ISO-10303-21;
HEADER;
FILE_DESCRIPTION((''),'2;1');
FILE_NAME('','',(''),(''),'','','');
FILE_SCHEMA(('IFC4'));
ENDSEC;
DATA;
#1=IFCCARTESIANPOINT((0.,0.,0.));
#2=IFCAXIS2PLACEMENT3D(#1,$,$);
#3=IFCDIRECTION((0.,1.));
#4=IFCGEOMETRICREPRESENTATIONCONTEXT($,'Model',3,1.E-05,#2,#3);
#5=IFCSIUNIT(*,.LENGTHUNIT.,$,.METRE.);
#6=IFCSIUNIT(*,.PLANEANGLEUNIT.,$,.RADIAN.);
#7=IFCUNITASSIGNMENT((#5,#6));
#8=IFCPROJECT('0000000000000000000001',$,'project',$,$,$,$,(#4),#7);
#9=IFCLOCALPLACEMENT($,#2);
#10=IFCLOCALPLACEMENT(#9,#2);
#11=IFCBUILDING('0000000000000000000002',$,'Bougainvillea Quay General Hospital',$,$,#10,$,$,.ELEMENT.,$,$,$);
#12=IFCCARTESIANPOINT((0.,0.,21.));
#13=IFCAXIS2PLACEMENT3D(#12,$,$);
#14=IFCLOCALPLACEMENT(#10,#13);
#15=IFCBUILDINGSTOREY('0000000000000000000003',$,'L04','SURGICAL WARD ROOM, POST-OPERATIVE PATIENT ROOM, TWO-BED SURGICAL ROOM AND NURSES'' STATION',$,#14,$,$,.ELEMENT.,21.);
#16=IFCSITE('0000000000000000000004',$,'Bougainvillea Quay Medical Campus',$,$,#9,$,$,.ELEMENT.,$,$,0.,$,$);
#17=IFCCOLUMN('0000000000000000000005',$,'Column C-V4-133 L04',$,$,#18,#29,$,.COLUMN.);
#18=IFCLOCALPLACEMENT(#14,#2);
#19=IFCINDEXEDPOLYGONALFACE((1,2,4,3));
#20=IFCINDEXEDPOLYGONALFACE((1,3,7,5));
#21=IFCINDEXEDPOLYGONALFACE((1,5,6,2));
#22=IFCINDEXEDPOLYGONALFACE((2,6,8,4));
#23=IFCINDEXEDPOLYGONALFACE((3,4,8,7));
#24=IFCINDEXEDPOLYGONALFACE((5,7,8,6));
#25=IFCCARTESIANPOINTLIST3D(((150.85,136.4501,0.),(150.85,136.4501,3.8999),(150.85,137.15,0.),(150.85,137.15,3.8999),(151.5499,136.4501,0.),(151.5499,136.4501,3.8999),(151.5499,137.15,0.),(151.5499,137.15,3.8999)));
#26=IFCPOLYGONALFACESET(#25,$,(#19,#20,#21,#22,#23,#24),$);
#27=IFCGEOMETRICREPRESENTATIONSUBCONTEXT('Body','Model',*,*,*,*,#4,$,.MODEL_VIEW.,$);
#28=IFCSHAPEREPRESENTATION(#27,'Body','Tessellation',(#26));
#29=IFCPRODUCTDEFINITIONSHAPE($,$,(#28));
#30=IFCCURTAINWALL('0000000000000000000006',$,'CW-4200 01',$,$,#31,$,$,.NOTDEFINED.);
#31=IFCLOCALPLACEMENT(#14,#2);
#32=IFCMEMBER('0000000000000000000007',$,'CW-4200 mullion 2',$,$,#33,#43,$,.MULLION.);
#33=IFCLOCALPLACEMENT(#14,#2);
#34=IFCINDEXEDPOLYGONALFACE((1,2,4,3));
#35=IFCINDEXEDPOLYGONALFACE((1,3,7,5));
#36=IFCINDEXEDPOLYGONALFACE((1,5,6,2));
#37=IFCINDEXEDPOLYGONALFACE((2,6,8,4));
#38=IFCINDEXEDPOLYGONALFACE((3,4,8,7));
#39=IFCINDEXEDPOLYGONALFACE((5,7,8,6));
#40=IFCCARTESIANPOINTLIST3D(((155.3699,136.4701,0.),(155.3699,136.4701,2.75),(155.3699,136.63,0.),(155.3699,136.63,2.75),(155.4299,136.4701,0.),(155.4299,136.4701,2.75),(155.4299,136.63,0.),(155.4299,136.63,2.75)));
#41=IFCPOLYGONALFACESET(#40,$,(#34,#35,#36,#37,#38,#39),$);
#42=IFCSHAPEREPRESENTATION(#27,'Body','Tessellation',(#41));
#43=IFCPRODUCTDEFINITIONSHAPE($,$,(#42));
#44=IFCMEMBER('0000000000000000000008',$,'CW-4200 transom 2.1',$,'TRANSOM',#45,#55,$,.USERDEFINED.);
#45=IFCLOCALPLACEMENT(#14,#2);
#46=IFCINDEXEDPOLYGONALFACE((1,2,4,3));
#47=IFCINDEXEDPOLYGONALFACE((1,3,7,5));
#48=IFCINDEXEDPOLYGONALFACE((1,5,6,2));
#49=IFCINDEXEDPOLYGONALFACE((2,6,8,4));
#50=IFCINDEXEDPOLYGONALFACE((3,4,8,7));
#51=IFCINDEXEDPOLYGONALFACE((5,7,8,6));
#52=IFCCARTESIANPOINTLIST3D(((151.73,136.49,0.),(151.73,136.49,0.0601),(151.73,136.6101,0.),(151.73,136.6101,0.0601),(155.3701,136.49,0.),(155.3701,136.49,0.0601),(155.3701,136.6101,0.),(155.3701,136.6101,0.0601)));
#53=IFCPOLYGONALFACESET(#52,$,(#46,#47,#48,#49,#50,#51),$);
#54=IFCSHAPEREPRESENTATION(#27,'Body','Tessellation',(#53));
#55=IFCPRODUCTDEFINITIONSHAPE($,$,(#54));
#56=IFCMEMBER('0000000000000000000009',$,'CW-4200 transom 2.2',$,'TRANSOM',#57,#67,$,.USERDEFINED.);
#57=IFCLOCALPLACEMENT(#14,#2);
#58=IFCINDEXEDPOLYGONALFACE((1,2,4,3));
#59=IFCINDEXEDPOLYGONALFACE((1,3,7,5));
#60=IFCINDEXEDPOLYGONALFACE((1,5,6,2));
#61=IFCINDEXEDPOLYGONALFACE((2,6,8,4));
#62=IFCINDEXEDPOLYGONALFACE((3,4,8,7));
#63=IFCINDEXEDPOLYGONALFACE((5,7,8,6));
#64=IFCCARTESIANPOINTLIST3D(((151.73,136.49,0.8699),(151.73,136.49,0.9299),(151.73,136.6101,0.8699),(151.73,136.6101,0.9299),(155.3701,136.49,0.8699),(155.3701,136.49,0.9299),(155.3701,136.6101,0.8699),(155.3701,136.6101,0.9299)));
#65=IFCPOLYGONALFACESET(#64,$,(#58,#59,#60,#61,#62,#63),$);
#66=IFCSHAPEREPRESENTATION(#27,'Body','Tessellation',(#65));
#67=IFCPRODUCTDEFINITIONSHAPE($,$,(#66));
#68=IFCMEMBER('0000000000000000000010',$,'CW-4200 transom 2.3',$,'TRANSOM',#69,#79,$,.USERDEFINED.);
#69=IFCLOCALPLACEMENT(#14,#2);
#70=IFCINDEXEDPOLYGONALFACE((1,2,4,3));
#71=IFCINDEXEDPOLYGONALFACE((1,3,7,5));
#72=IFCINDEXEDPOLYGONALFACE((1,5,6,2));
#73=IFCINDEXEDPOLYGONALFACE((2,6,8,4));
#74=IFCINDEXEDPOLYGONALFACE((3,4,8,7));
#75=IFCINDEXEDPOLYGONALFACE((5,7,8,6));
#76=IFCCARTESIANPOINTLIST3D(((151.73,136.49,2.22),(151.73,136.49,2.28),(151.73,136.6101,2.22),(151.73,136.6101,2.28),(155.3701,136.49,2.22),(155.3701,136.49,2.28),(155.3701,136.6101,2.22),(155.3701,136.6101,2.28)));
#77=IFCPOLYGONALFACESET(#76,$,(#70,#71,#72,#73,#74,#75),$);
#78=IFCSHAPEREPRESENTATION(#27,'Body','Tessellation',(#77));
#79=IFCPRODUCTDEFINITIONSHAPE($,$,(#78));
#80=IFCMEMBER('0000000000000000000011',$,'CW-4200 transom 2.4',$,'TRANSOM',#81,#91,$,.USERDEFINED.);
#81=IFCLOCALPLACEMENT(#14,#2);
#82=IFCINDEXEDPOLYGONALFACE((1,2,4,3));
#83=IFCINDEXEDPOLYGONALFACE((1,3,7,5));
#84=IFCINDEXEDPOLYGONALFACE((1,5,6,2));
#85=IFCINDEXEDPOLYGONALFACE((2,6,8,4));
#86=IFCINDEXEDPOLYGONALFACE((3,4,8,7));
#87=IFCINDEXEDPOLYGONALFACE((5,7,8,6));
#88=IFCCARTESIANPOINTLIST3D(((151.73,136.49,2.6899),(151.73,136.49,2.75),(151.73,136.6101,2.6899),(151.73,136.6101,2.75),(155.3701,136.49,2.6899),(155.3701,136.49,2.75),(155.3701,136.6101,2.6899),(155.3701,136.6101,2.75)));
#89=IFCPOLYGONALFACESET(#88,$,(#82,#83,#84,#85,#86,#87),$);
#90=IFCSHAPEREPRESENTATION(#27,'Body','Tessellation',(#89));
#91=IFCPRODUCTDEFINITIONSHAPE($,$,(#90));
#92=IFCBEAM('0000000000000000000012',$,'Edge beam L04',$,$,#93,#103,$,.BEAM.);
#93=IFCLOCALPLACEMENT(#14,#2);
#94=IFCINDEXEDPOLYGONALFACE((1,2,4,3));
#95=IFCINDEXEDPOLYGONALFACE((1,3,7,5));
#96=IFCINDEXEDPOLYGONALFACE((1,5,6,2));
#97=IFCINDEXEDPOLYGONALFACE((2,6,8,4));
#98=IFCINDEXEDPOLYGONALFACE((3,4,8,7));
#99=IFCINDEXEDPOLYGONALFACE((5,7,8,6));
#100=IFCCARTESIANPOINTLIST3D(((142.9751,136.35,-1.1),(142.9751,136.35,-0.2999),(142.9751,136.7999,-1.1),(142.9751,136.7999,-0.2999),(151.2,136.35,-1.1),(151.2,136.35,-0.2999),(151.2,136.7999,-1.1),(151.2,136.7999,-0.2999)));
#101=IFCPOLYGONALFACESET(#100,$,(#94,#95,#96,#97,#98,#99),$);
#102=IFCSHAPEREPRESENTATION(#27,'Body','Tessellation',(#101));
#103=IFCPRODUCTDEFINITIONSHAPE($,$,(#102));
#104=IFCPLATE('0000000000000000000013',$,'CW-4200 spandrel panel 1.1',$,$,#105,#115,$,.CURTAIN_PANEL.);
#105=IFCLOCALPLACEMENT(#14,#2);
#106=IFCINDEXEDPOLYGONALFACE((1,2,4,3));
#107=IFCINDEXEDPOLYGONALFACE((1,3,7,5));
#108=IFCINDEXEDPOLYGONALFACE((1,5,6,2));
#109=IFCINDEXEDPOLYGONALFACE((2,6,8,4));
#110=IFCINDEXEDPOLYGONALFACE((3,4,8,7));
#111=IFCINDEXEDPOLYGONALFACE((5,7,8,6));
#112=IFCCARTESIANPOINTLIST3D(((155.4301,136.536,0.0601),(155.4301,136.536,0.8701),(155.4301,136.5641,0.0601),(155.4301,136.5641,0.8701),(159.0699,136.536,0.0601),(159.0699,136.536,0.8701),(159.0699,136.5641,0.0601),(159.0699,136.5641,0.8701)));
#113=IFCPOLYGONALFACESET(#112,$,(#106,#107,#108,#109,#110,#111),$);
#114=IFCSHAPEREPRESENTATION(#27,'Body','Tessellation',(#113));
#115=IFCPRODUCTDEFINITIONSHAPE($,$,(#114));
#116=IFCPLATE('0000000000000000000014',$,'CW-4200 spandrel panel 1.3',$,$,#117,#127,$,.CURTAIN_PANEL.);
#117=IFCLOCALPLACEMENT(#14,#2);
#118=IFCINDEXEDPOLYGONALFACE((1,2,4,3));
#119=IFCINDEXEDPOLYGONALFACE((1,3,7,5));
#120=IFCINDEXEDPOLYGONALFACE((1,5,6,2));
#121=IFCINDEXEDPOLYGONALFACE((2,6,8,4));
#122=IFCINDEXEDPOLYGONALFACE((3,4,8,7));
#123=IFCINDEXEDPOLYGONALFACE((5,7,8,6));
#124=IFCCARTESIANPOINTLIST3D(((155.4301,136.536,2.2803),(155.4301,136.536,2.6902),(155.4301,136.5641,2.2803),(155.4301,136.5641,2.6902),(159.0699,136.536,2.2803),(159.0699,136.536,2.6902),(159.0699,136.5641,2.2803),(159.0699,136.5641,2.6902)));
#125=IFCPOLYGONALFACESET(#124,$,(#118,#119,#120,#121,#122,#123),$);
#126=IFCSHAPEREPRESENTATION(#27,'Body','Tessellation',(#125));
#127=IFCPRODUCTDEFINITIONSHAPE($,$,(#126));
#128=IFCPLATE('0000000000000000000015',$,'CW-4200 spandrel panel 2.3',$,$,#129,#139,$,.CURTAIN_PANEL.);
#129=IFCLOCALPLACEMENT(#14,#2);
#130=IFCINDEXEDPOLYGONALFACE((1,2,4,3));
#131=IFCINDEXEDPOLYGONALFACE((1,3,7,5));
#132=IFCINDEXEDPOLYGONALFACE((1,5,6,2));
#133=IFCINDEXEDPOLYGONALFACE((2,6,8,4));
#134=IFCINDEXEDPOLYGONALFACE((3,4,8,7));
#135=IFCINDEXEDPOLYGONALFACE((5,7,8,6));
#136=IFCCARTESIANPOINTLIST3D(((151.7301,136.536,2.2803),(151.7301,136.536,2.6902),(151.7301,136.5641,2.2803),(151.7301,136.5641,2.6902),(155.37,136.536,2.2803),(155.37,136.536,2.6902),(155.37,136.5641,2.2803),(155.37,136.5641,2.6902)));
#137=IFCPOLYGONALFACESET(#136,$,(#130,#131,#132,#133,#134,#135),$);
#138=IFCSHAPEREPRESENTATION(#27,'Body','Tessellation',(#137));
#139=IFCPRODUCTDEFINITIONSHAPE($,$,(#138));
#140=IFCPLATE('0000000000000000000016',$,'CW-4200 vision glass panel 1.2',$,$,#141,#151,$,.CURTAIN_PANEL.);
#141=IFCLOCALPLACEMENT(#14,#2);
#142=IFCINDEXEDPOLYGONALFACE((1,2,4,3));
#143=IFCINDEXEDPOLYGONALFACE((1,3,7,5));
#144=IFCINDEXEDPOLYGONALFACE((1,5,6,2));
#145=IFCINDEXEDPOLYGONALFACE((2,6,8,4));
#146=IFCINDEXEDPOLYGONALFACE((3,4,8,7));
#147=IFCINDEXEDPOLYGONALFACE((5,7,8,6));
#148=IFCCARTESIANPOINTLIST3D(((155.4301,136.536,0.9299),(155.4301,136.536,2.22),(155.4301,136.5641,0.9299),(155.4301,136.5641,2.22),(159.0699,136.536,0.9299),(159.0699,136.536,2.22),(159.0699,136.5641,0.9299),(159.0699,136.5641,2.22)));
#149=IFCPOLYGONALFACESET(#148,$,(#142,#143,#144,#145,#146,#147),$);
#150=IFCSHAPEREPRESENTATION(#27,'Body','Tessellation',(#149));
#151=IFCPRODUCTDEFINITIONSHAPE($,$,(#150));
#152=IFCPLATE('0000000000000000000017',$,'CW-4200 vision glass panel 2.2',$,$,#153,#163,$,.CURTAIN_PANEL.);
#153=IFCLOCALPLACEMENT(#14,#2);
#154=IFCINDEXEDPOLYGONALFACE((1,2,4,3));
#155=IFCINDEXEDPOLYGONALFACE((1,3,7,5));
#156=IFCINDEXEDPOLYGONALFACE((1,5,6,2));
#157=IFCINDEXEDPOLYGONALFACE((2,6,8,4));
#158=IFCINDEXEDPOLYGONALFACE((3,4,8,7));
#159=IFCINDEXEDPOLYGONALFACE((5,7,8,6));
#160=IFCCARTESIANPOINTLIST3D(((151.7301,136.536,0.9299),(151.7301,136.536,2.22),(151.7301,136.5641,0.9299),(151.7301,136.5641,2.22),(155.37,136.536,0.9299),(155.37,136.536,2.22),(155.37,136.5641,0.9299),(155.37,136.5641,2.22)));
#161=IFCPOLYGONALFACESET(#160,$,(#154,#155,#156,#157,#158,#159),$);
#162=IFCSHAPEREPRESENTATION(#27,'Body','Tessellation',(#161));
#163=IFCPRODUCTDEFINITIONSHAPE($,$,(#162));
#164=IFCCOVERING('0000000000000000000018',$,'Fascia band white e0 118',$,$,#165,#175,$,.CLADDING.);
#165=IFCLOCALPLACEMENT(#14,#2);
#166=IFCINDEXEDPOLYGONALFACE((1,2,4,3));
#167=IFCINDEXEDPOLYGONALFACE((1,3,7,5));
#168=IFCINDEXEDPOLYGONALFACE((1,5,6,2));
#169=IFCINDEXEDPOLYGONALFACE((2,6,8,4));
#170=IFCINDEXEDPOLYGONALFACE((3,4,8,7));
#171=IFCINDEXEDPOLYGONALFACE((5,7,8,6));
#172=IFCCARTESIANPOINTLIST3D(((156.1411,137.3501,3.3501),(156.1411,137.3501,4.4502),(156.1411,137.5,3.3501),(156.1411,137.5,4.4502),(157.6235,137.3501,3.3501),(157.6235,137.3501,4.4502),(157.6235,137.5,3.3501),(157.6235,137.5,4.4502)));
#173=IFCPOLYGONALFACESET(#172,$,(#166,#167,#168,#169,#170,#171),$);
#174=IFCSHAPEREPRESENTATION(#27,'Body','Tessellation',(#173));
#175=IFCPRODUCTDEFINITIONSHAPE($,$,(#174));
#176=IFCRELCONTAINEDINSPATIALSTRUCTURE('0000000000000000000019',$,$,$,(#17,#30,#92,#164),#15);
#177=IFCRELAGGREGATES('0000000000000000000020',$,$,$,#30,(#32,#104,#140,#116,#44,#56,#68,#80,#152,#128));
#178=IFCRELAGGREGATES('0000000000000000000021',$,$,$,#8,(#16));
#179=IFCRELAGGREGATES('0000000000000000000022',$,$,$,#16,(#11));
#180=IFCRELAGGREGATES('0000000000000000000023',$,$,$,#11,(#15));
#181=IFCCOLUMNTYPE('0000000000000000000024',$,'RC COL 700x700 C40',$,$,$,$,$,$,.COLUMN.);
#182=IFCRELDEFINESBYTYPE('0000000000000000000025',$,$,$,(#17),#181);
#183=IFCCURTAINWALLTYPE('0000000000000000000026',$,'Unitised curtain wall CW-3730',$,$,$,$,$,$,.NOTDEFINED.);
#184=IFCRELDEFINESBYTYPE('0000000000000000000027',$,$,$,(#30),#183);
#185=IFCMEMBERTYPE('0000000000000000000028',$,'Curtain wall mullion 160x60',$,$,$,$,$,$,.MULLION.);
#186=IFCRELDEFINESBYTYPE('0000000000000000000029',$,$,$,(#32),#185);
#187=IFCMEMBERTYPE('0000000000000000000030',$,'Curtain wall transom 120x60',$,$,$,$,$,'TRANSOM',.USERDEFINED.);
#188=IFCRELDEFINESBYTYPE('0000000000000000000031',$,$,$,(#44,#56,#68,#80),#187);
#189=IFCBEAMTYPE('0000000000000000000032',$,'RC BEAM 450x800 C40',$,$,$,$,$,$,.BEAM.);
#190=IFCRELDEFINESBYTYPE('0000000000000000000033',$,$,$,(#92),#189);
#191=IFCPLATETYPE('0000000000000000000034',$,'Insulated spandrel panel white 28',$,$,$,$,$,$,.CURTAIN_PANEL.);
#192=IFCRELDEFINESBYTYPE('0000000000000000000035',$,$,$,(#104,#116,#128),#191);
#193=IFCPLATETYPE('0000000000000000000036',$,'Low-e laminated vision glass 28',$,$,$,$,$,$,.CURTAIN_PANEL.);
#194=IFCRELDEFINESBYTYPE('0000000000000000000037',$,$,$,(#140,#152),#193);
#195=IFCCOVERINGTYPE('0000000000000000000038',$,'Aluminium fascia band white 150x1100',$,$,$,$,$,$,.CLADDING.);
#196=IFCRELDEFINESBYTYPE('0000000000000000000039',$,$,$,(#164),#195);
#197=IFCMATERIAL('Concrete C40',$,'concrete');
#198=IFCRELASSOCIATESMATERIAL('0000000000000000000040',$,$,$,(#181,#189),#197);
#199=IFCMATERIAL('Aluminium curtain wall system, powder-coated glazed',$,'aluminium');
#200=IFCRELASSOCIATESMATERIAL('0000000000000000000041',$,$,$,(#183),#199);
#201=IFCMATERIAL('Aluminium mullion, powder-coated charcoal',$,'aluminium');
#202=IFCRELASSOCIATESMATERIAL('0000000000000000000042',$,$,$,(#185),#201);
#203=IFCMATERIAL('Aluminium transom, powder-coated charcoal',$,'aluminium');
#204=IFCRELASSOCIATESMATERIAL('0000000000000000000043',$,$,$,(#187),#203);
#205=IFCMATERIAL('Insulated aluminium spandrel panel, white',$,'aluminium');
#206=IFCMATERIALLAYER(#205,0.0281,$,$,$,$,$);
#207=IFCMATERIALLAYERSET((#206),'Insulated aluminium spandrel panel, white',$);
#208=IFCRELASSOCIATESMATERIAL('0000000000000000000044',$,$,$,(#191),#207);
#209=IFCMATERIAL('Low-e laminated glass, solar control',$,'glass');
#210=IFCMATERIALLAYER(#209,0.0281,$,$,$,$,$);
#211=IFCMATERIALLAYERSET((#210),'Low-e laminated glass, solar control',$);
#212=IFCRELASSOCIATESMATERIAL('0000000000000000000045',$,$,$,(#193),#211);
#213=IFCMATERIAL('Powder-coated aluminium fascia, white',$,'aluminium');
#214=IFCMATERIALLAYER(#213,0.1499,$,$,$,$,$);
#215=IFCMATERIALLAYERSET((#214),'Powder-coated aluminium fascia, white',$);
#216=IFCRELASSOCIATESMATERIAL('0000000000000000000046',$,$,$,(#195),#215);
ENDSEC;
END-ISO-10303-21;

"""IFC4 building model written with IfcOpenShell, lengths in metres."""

from ifc_helpers import new_model, si_unit, direction, frame, origin, origin_2d, place, context, subcontext, project, spatial, polyline, rectangle, outline, extrude, material, layer, layer_set, material_profile, profile_set, type_object, element, aggregate, save


model = new_model("IFC4")

# Units and contexts
model_context = context("Model", 3, precision=1e-05, world=origin(), true_north=direction((0.0, 1.0)))
body_context = subcontext(model_context, "Body", "Model", "MODEL_VIEW")
ifc_project = project(units=[si_unit("LENGTHUNIT", "METRE"), si_unit("PLANEANGLEUNIT", "RADIAN")], contexts=[model_context])

# Site, building, storey
site_placement = place(None, origin())
site = spatial("IfcSite", under=ifc_project, at=site_placement, Name="Bougainvillea Quay Medical Campus", CompositionType="ELEMENT", RefElevation=0.0)
building_placement = place(site_placement, origin())
building = spatial("IfcBuilding", under=site, at=building_placement, Name="Bougainvillea Quay General Hospital", CompositionType="ELEMENT")
storey_placement = place(building_placement, frame((0.0, 0.0, 21.0)))
storey = spatial("IfcBuildingStorey", under=building, at=storey_placement, Name="L04", Description="SURGICAL WARD ROOM, POST-OPERATIVE PATIENT ROOM, TWO-BED SURGICAL ROOM AND NURSES' STATION", CompositionType="ELEMENT", Elevation=21.0)

# Column
ifc_material_1 = material(Name="Concrete C40", Category="concrete")
ifc_material_profile_1 = material_profile(ifc_material_1, rectangle(XDim=0.7, YDim=0.7, at=origin_2d()))
ifc_profile_set_1 = profile_set([ifc_material_profile_1], Name="Concrete C40")
column_type = type_object("IfcColumnType", Name="RC COL 700x700 C40", PredefinedType="COLUMN", material=ifc_profile_set_1)
column_placement = place(storey_placement, frame((151.2, 136.8, 0.0), z_axis=(0.0, 0.0, 1.0), x_axis=(1.0, 0.0, 0.0)))
element("IfcColumn", 1, at=column_placement, inside=storey, type_object=column_type, Name="Column C-V4-133 L04", PredefinedType="COLUMN", context=body_context, shape_type="SweptSolid", body=[
    extrude(rectangle(XDim=0.7, YDim=0.7, at=origin_2d()), origin(), (0.0, 0.0, 1.0), 3.8999),
])

# Curtain wall, members
ifc_material_2 = material(Name="Aluminium curtain wall system, powder-coated glazed", Category="aluminium")
curtain_wall_type = type_object("IfcCurtainWallType", Name="Unitised curtain wall CW-3730", PredefinedType="NOTDEFINED", material=ifc_material_2)
curtain_wall_placement = place(storey_placement, origin())
curtain_wall = element("IfcCurtainWall", 2, at=curtain_wall_placement, inside=storey, type_object=curtain_wall_type, Name="CW-4200 01", PredefinedType="NOTDEFINED")
ifc_material_3 = material(Name="Aluminium mullion, powder-coated charcoal", Category="aluminium")
ifc_material_profile_2 = material_profile(ifc_material_3, rectangle(XDim=0.1599, YDim=0.0601, at=origin_2d()))
ifc_profile_set_2 = profile_set([ifc_material_profile_2], Name="Aluminium mullion, powder-coated charcoal")
member_type_1 = type_object("IfcMemberType", Name="Curtain wall mullion 160x60", PredefinedType="MULLION", material=ifc_profile_set_2)
member_1_placement = place(storey_placement, frame((155.3999, 136.55, 0.0), z_axis=(0.0, 0.0, 1.0), x_axis=(0.0, -1.0, 0.0)))
member_1 = element("IfcMember", 3, at=member_1_placement, type_object=member_type_1, Name="CW-4200 mullion 2", PredefinedType="MULLION", context=body_context, shape_type="SweptSolid", body=[
    extrude(rectangle(XDim=0.1599, YDim=0.0601, at=origin_2d()), origin(), (0.0, 0.0, 1.0), 2.75),
])
ifc_material_4 = material(Name="Aluminium transom, powder-coated charcoal", Category="aluminium")
ifc_material_profile_3 = material_profile(ifc_material_4, rectangle(XDim=0.1201, YDim=0.0601, at=origin_2d()))
ifc_profile_set_3 = profile_set([ifc_material_profile_3], Name="Aluminium transom, powder-coated charcoal")
member_type_2 = type_object("IfcMemberType", Name="Curtain wall transom 120x60", ElementType="TRANSOM", PredefinedType="USERDEFINED", material=ifc_profile_set_3)
member_2_placement = place(storey_placement, frame((155.3701, 136.55, 0.03), z_axis=(-1.0, 0.0, 0.0), x_axis=(0.0, -1.0, 0.0)))
member_2 = element("IfcMember", 4, at=member_2_placement, type_object=member_type_2, Name="CW-4200 transom 2.1", ObjectType="TRANSOM", PredefinedType="USERDEFINED", context=body_context, shape_type="SweptSolid", body=[
    extrude(rectangle(XDim=0.1201, YDim=0.0601, at=origin_2d()), origin(), (0.0, 0.0, 1.0), 3.6401),
])
member_3_placement = place(storey_placement, frame((155.3701, 136.55, 0.8999), z_axis=(-1.0, 0.0, 0.0), x_axis=(0.0, -1.0, 0.0)))
member_3 = element("IfcMember", 5, at=member_3_placement, type_object=member_type_2, Name="CW-4200 transom 2.2", ObjectType="TRANSOM", PredefinedType="USERDEFINED", context=body_context, shape_type="SweptSolid", body=[
    extrude(rectangle(XDim=0.1201, YDim=0.0601, at=origin_2d()), origin(), (0.0, 0.0, 1.0), 3.6401),
])
member_4_placement = place(storey_placement, frame((155.3701, 136.55, 2.25), z_axis=(-1.0, 0.0, 0.0), x_axis=(0.0, -1.0, 0.0)))
member_4 = element("IfcMember", 6, at=member_4_placement, type_object=member_type_2, Name="CW-4200 transom 2.3", ObjectType="TRANSOM", PredefinedType="USERDEFINED", context=body_context, shape_type="SweptSolid", body=[
    extrude(rectangle(XDim=0.1201, YDim=0.0601, at=origin_2d()), origin(), (0.0, 0.0, 1.0), 3.6401),
])
member_5_placement = place(storey_placement, frame((155.3701, 136.55, 2.72), z_axis=(-1.0, 0.0, 0.0), x_axis=(0.0, -1.0, 0.0)))
member_5 = element("IfcMember", 7, at=member_5_placement, type_object=member_type_2, Name="CW-4200 transom 2.4", ObjectType="TRANSOM", PredefinedType="USERDEFINED", context=body_context, shape_type="SweptSolid", body=[
    extrude(rectangle(XDim=0.1201, YDim=0.0601, at=origin_2d()), origin(), (0.0, 0.0, 1.0), 3.6401),
])

# Beam
ifc_material_profile_4 = material_profile(ifc_material_1, rectangle(XDim=0.45, YDim=0.8, at=origin_2d()))
ifc_profile_set_4 = profile_set([ifc_material_profile_4], Name="Concrete C40")
beam_type = type_object("IfcBeamType", Name="RC BEAM 450x800 C40", PredefinedType="BEAM", material=ifc_profile_set_4)
beam_placement = place(storey_placement, frame((151.2, 136.575, -0.7), z_axis=(-1.0, 0.0, 0.0), x_axis=(0.0, -1.0, 0.0)))
element("IfcBeam", 8, at=beam_placement, inside=storey, type_object=beam_type, Name="Edge beam L04", PredefinedType="BEAM", context=body_context, shape_type="SweptSolid", body=[
    extrude(rectangle(XDim=0.45, YDim=0.8, at=origin_2d()), origin(), (0.0, 0.0, 1.0), 8.2249),
])

# Plates
ifc_material_5 = material(Name="Insulated aluminium spandrel panel, white", Category="aluminium")
ifc_layer_1 = layer(ifc_material_5, 0.0281)
ifc_layer_set_1 = layer_set([ifc_layer_1], Name="Insulated aluminium spandrel panel, white")
plate_type_1 = type_object("IfcPlateType", Name="Insulated spandrel panel white 28", PredefinedType="CURTAIN_PANEL", material=ifc_layer_set_1)
plate_1_placement = place(storey_placement, frame((157.25, 136.55, 0.0601), z_axis=(0.0, 0.0, 1.0), x_axis=(-1.0, 0.0, 0.0)))
plate_1 = element("IfcPlate", 9, at=plate_1_placement, type_object=plate_type_1, Name="CW-4200 spandrel panel 1.1", PredefinedType="CURTAIN_PANEL", context=body_context, shape_type="SweptSolid", body=[
    extrude(rectangle(XDim=3.6399, YDim=0.0281, at=origin_2d()), origin(), (0.0, 0.0, 1.0), 0.8101),
])
plate_2_placement = place(storey_placement, frame((157.25, 136.55, 2.2803), z_axis=(0.0, 0.0, 1.0), x_axis=(-1.0, 0.0, 0.0)))
plate_2 = element("IfcPlate", 10, at=plate_2_placement, type_object=plate_type_1, Name="CW-4200 spandrel panel 1.3", PredefinedType="CURTAIN_PANEL", context=body_context, shape_type="SweptSolid", body=[
    extrude(rectangle(XDim=3.6399, YDim=0.0281, at=origin_2d()), origin(), (0.0, 0.0, 1.0), 0.4099),
])
plate_3_placement = place(storey_placement, frame((153.55, 136.55, 2.2803), z_axis=(0.0, 0.0, 1.0), x_axis=(-1.0, 0.0, 0.0)))
plate_3 = element("IfcPlate", 11, at=plate_3_placement, type_object=plate_type_1, Name="CW-4200 spandrel panel 2.3", PredefinedType="CURTAIN_PANEL", context=body_context, shape_type="SweptSolid", body=[
    extrude(rectangle(XDim=3.6399, YDim=0.0281, at=origin_2d()), origin(), (0.0, 0.0, 1.0), 0.4099),
])
ifc_material_6 = material(Name="Low-e laminated glass, solar control", Category="glass")
ifc_layer_2 = layer(ifc_material_6, 0.0281)
ifc_layer_set_2 = layer_set([ifc_layer_2], Name="Low-e laminated glass, solar control")
plate_type_2 = type_object("IfcPlateType", Name="Low-e laminated vision glass 28", PredefinedType="CURTAIN_PANEL", material=ifc_layer_set_2)
plate_4_placement = place(storey_placement, frame((157.25, 136.55, 0.9299), z_axis=(0.0, 0.0, 1.0), x_axis=(-1.0, 0.0, 0.0)))
plate_4 = element("IfcPlate", 12, at=plate_4_placement, type_object=plate_type_2, Name="CW-4200 vision glass panel 1.2", PredefinedType="CURTAIN_PANEL", context=body_context, shape_type="SweptSolid", body=[
    extrude(rectangle(XDim=3.6399, YDim=0.0281, at=origin_2d()), origin(), (0.0, 0.0, 1.0), 1.29),
])
plate_5_placement = place(storey_placement, frame((153.55, 136.55, 0.9299), z_axis=(0.0, 0.0, 1.0), x_axis=(-1.0, 0.0, 0.0)))
plate_5 = element("IfcPlate", 13, at=plate_5_placement, type_object=plate_type_2, Name="CW-4200 vision glass panel 2.2", PredefinedType="CURTAIN_PANEL", context=body_context, shape_type="SweptSolid", body=[
    extrude(rectangle(XDim=3.6399, YDim=0.0281, at=origin_2d()), origin(), (0.0, 0.0, 1.0), 1.29),
])
aggregate(curtain_wall, [member_1, plate_1, plate_4, plate_2, member_2, member_3, member_4, member_5, plate_5, plate_3])

# Covering
ifc_material_7 = material(Name="Powder-coated aluminium fascia, white", Category="aluminium")
ifc_layer_3 = layer(ifc_material_7, 0.1499)
ifc_layer_set_3 = layer_set([ifc_layer_3], Name="Powder-coated aluminium fascia, white")
covering_type = type_object("IfcCoveringType", Name="Aluminium fascia band white 150x1100", PredefinedType="CLADDING", material=ifc_layer_set_3)
covering_1_placement = place(storey_placement, frame((157.6235, 137.3501, 3.3501), z_axis=(0.0, 0.0, 1.0), x_axis=(-1.0, 0.0, 0.0)))
element("IfcCovering", 14, at=covering_1_placement, inside=storey, type_object=covering_type, Name="Fascia band white e0 118", PredefinedType="CLADDING", context=body_context, shape_type="SweptSolid", body=[
    extrude(outline(polyline([(0.0, 0.0), (1.4824, 0.0), (1.4824, -0.1499), (0.0, -0.1499), (0.0, 0.0)])), origin(), (0.0, 0.0, 1.0), 1.1001),
])

save(model, "model.ifc")
